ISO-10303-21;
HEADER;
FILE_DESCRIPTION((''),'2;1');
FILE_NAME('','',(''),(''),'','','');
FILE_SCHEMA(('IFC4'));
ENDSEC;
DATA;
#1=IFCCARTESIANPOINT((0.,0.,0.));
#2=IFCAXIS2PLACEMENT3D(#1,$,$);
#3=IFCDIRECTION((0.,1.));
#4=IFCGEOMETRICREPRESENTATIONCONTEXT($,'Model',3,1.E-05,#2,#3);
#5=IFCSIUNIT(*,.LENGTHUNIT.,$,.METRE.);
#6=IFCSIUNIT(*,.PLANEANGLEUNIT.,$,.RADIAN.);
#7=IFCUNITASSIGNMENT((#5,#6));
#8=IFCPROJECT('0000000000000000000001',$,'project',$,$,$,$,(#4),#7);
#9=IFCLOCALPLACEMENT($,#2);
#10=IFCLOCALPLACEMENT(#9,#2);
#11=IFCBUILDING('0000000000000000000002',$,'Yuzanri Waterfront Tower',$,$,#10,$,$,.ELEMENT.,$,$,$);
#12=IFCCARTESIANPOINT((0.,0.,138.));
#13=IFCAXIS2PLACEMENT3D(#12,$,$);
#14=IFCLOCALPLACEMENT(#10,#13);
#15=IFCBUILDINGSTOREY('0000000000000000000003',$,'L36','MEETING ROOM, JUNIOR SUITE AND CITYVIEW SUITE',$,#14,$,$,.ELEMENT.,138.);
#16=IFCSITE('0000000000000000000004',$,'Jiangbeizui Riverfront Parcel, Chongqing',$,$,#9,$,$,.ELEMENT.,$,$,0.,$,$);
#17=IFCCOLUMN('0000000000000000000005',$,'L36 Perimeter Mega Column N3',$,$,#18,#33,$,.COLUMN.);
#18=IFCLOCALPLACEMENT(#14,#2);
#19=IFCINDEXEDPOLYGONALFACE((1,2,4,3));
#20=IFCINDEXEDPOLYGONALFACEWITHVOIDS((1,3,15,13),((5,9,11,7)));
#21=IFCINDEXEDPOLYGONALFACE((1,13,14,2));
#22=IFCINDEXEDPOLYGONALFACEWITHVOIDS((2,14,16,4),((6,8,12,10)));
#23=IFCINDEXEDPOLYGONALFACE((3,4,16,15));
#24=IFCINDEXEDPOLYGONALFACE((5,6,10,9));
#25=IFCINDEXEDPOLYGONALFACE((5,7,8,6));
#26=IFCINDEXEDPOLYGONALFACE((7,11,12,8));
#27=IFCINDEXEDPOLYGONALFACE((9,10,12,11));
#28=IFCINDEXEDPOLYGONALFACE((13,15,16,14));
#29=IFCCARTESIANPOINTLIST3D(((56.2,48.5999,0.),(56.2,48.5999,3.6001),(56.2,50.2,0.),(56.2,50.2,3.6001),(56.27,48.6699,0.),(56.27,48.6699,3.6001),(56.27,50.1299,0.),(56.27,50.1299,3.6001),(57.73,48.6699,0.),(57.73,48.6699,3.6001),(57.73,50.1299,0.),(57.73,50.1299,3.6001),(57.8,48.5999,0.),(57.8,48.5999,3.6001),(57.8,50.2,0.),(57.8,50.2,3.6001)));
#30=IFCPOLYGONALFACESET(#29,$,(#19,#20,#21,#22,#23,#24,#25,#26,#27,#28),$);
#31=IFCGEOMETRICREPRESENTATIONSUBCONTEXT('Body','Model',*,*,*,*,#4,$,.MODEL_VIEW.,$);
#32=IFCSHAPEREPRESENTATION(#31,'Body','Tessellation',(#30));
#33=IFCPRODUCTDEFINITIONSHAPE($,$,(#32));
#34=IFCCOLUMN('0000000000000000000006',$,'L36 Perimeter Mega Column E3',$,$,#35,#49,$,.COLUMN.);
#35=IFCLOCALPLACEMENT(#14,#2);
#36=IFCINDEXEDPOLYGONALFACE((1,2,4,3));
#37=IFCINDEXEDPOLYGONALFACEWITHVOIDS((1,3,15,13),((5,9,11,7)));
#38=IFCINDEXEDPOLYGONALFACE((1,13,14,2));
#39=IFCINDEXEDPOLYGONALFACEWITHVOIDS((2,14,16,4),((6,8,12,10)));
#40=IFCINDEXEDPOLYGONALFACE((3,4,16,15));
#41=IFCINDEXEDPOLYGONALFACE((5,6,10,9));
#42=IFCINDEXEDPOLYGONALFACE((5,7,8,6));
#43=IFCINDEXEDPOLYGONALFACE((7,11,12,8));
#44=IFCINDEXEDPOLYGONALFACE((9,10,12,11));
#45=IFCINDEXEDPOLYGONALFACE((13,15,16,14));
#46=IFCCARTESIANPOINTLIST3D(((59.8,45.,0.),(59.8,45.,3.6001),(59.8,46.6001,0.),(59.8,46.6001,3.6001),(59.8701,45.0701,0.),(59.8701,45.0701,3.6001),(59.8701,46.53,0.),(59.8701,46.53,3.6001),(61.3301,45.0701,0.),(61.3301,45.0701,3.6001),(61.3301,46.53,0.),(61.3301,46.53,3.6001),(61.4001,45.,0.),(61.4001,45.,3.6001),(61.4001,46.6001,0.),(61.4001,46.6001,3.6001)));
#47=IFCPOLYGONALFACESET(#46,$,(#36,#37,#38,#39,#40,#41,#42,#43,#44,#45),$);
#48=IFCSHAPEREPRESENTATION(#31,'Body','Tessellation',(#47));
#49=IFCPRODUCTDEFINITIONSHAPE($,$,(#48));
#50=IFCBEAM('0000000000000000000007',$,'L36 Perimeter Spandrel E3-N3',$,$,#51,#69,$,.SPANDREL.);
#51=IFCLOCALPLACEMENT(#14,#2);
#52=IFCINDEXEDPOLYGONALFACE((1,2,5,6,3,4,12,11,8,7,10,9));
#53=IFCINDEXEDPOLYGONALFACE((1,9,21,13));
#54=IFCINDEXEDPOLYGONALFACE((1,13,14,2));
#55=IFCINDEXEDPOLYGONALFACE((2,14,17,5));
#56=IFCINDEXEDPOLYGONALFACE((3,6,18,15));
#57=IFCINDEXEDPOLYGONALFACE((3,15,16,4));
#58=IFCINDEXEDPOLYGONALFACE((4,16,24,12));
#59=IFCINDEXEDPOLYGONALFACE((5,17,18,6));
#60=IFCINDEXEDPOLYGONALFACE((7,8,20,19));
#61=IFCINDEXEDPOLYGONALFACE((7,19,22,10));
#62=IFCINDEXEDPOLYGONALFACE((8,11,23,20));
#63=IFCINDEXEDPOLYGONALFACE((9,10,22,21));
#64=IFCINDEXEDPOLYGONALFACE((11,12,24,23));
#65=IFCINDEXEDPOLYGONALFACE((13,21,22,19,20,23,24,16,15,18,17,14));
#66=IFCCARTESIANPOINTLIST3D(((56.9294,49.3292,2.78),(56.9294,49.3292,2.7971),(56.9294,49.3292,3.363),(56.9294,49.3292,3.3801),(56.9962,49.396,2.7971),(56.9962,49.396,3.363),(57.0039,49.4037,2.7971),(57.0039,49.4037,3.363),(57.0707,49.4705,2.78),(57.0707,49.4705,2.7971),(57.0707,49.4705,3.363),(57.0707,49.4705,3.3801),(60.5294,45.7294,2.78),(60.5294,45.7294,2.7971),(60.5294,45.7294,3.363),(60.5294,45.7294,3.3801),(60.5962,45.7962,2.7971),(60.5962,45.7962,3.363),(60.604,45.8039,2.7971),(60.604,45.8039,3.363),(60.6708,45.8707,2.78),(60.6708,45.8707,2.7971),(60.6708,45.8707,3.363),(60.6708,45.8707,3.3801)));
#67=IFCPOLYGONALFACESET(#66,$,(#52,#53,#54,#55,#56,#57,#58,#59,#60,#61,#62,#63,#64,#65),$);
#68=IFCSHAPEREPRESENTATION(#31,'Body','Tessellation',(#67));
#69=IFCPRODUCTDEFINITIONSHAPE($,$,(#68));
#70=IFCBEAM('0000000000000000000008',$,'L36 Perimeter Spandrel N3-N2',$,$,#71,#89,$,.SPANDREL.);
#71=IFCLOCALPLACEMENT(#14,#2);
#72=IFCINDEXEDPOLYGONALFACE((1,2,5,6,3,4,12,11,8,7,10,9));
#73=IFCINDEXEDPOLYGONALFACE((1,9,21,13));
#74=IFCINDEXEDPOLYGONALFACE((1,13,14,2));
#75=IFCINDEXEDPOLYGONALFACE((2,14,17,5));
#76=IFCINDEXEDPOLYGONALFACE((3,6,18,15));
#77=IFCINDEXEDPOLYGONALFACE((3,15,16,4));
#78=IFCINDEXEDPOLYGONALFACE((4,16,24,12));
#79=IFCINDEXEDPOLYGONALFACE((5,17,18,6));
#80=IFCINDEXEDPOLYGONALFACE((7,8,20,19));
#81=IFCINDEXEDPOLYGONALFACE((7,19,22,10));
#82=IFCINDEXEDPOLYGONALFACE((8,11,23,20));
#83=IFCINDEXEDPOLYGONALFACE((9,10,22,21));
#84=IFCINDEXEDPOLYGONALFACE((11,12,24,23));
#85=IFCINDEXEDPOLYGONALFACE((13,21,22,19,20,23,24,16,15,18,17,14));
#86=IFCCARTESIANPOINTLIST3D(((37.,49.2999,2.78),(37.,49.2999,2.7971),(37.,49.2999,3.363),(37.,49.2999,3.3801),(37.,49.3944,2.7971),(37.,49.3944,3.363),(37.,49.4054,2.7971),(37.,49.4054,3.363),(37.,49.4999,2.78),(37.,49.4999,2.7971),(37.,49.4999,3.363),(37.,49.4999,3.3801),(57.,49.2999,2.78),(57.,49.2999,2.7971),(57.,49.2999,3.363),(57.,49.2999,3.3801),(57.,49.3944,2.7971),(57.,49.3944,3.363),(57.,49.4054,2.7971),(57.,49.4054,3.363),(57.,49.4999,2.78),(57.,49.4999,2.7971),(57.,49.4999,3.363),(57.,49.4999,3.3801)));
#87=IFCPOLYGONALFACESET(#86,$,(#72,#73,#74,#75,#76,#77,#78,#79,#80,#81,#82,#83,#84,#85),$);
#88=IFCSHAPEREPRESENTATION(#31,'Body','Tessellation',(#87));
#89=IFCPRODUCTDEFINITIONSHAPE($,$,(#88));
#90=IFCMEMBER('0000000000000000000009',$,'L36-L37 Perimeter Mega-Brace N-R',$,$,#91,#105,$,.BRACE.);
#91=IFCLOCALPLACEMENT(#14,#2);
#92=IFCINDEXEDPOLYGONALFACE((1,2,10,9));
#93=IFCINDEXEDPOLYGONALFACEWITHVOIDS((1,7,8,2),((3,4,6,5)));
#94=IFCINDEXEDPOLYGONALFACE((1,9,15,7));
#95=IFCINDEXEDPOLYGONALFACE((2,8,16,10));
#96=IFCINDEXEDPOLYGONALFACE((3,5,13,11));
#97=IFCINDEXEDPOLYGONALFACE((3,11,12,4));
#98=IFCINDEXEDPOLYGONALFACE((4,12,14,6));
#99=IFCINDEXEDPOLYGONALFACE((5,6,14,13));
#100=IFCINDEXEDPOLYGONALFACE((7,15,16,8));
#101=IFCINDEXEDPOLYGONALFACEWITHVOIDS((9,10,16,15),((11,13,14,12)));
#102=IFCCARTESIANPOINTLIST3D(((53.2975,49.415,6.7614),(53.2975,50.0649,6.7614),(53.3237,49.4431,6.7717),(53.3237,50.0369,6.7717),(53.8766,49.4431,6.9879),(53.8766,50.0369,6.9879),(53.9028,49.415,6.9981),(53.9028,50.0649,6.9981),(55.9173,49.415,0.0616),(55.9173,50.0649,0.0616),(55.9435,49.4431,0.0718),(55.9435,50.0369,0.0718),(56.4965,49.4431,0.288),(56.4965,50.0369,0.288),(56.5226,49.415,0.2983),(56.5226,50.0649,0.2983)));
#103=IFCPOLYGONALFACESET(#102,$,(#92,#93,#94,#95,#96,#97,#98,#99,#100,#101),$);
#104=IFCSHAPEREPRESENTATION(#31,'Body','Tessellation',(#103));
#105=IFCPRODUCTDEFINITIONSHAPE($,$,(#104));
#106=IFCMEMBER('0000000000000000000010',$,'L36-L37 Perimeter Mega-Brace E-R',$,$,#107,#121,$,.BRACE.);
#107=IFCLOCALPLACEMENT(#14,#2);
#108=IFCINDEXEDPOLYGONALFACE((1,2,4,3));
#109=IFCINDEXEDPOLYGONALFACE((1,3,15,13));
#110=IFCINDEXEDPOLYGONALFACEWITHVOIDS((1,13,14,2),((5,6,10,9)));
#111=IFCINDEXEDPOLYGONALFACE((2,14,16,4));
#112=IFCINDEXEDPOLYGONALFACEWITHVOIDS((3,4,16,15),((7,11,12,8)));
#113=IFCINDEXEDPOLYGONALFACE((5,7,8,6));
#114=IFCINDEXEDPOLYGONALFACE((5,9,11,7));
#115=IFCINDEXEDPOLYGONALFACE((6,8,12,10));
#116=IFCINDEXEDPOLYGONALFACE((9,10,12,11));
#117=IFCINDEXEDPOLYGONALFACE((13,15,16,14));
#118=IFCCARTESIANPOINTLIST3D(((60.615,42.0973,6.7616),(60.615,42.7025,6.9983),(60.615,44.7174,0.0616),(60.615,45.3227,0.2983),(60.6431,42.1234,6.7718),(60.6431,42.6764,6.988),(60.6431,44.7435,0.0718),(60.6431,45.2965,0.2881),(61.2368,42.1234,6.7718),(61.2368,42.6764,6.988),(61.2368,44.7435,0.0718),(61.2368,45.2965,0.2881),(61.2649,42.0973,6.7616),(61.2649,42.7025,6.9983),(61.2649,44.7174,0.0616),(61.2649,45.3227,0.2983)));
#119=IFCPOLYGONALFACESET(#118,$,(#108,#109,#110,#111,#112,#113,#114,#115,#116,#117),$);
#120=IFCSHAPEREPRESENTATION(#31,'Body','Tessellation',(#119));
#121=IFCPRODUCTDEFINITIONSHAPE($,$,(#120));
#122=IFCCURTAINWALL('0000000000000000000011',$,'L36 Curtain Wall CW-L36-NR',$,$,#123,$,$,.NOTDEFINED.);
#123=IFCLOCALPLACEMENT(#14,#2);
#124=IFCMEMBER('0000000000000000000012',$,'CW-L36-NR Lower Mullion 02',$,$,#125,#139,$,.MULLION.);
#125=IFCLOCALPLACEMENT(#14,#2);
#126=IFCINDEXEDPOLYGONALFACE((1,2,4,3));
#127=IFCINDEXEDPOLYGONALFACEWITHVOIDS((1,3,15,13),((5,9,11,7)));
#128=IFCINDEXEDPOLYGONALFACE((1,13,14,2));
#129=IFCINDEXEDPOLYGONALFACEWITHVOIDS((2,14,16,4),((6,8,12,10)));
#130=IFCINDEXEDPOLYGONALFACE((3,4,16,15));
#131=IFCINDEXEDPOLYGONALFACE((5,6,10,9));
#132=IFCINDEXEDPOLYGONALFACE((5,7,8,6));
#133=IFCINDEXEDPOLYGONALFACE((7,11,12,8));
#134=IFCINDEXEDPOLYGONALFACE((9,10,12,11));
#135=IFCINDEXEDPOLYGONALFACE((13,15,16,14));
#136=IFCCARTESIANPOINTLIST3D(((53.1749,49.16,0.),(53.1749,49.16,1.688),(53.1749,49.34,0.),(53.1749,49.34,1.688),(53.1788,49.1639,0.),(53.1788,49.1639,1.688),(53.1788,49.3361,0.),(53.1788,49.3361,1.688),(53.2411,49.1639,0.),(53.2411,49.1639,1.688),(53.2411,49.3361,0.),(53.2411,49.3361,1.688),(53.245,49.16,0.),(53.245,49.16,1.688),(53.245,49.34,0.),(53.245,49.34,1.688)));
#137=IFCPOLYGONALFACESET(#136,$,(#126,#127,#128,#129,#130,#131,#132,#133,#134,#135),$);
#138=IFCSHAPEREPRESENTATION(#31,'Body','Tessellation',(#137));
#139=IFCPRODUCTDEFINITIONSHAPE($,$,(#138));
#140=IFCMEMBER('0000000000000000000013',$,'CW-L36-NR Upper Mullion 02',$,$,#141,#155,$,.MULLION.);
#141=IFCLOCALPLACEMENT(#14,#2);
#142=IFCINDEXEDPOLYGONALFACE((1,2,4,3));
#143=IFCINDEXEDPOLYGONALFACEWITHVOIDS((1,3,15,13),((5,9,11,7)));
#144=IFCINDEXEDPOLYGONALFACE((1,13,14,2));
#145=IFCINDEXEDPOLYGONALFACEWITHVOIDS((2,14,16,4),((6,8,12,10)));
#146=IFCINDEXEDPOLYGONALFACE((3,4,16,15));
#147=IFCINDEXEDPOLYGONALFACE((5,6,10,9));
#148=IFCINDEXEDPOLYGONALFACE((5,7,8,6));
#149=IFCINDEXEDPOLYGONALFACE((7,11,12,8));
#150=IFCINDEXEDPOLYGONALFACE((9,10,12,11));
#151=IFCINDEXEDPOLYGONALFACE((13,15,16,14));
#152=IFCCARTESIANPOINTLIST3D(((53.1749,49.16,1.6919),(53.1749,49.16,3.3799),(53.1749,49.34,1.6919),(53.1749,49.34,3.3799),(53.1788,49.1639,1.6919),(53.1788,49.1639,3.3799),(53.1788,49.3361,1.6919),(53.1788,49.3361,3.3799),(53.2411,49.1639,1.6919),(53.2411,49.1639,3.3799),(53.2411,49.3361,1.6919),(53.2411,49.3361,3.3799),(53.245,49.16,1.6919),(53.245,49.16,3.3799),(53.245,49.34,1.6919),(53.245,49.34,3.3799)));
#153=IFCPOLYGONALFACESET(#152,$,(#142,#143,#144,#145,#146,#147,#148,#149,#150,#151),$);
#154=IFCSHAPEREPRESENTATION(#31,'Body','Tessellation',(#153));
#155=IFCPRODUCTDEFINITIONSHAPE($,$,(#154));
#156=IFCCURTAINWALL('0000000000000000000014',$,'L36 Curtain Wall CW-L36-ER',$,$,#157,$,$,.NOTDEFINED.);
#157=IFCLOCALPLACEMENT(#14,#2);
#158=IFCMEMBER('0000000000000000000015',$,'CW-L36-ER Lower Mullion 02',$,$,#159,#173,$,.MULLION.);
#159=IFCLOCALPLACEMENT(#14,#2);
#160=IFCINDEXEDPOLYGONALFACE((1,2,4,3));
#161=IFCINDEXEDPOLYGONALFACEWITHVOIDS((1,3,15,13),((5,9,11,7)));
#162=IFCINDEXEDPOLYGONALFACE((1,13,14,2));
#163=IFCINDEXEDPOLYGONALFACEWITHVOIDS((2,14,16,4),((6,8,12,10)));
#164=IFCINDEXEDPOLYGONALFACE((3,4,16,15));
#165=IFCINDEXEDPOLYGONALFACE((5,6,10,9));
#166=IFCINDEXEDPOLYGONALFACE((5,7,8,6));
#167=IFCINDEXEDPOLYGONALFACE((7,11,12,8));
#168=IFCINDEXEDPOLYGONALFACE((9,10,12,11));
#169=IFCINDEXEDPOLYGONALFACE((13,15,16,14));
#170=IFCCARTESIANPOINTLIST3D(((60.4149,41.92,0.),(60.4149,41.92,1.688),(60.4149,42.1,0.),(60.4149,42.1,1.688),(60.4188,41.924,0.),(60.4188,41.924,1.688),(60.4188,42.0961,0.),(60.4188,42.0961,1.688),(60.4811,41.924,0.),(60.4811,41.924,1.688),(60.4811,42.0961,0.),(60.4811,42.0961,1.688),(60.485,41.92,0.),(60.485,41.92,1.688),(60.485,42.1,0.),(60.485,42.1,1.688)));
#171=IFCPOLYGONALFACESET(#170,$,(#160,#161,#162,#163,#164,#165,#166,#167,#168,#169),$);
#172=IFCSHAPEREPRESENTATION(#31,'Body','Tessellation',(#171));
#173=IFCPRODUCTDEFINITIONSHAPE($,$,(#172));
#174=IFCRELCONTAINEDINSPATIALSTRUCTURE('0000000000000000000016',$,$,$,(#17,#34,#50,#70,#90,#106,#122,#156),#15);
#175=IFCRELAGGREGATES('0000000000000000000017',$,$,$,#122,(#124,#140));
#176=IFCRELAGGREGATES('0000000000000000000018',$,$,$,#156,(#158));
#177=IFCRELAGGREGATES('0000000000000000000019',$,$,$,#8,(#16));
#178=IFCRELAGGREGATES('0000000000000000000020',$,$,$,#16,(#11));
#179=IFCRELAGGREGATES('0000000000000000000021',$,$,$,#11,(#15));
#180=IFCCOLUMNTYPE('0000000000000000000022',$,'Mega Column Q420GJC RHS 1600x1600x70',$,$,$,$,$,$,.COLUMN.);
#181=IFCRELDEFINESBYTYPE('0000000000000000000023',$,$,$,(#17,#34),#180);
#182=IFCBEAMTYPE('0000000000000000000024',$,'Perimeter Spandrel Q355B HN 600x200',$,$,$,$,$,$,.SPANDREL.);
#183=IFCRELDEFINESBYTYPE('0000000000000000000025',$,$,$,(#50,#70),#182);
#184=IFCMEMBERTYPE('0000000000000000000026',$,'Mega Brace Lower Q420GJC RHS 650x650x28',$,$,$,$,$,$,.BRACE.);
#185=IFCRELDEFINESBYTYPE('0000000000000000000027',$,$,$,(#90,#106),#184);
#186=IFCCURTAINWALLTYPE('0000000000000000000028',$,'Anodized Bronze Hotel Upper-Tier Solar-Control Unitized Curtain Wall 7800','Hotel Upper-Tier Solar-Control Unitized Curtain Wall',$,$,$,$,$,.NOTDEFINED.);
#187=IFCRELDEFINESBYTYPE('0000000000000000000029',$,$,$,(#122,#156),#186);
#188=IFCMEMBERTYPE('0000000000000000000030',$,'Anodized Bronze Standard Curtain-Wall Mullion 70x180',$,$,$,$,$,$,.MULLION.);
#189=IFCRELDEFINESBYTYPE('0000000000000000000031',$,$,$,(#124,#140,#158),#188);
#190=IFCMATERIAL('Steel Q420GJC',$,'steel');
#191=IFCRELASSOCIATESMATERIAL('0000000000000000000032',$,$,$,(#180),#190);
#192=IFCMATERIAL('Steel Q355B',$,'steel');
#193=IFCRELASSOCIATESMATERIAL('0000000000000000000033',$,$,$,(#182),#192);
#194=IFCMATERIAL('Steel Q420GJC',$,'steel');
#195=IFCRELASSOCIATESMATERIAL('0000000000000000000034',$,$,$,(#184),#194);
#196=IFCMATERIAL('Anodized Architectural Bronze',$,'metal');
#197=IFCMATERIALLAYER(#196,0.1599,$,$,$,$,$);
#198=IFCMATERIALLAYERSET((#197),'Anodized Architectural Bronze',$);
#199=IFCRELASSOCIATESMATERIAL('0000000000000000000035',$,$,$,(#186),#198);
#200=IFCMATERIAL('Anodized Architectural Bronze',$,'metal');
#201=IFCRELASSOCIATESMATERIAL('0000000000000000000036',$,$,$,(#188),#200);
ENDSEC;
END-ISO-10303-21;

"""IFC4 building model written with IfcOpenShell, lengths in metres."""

from ifc_helpers import new_model, si_unit, direction, frame, origin, origin_2d, place, context, subcontext, project, spatial, hollow_rectangle, i_section, extrude, source, transform, mapped, material, layer, layer_set, material_profile, profile_set, type_object, element, aggregate, save


model = new_model("IFC4")

# Units and contexts
model_context = context("Model", 3, precision=1e-05, world=origin(), true_north=direction((0.0, 1.0)))
body_context = subcontext(model_context, "Body", "Model", "MODEL_VIEW")
ifc_project = project(units=[si_unit("LENGTHUNIT", "METRE"), si_unit("PLANEANGLEUNIT", "RADIAN")], contexts=[model_context])

# Site, building, storey
site_placement = place(None, origin())
site = spatial("IfcSite", under=ifc_project, at=site_placement, Name="Jiangbeizui Riverfront Parcel, Chongqing", CompositionType="ELEMENT", RefElevation=0.0)
building_placement = place(site_placement, origin())
building = spatial("IfcBuilding", under=site, at=building_placement, Name="Yuzanri Waterfront Tower", CompositionType="ELEMENT")
storey_placement = place(building_placement, frame((0.0, 0.0, 138.0)))
storey = spatial("IfcBuildingStorey", under=building, at=storey_placement, Name="L36", Description="MEETING ROOM, JUNIOR SUITE AND CITYVIEW SUITE", CompositionType="ELEMENT", Elevation=138.0)

# Columns
ifc_material_1 = material(Name="Steel Q420GJC", Category="steel")
ifc_material_profile_1 = material_profile(ifc_material_1, hollow_rectangle(XDim=1.6001, YDim=1.6001, WallThickness=0.0701, at=origin_2d()), Name="RHS 1600x1600x70")
ifc_profile_set_1 = profile_set([ifc_material_profile_1], Name="Steel Q420GJC")
column_type = type_object("IfcColumnType", Name="Mega Column Q420GJC RHS 1600x1600x70", PredefinedType="COLUMN", material=ifc_profile_set_1)
shared_shape_1 = source(origin(), body_context, "Body", "SweptSolid", [
    extrude(hollow_rectangle(XDim=1.6001, YDim=1.6001, WallThickness=0.0701, at=origin_2d()), origin(), (0.0, 0.0, 1.0), 3.6001),
])
for number, where, z_axis, x_axis, name in (
    (1, (57.0, 49.3999, 0.0), (0.0, 0.0, 1.0), (1.0, 0.0, 0.0), "L36 Perimeter Mega Column N3"),
    (2, (60.6001, 45.8, 0.0), (0.0, 0.0, 1.0), (1.0, 0.0, 0.0), "L36 Perimeter Mega Column E3"),
):
    element("IfcColumn", number, at=place(storey_placement, frame(where, z_axis=z_axis, x_axis=x_axis)), inside=storey, type_object=column_type, Name=name, PredefinedType="COLUMN", context=body_context, shape_type="MappedRepresentation", body=[
        mapped(shared_shape_1, transform((0.0, 0.0, 0.0), scale=1.0)),
    ])

# Beams
ifc_material_2 = material(Name="Steel Q355B", Category="steel")
ifc_material_profile_2 = material_profile(ifc_material_2, i_section(OverallWidth=0.2, OverallDepth=0.6001, WebThickness=0.011, FlangeThickness=0.0171, at=origin_2d()), Name="HN 600x200x11x17")
ifc_profile_set_2 = profile_set([ifc_material_profile_2], Name="Steel Q355B")
beam_type = type_object("IfcBeamType", Name="Perimeter Spandrel Q355B HN 600x200", PredefinedType="SPANDREL", material=ifc_profile_set_2)
shared_shape_2 = source(origin(), body_context, "Body", "SweptSolid", [
    extrude(i_section(OverallWidth=0.2, OverallDepth=0.6001, WebThickness=0.011, FlangeThickness=0.0171, at=origin_2d()), origin(), (0.0, 0.0, 1.0), 5.0911),
])
beam_1_placement = place(storey_placement, frame((60.6001, 45.8, 3.0801), z_axis=(-0.707131, 0.707083, 0.0), x_axis=(-0.707083, -0.707131, 0.0)))
element("IfcBeam", 3, at=beam_1_placement, inside=storey, type_object=beam_type, Name="L36 Perimeter Spandrel E3-N3", PredefinedType="SPANDREL", context=body_context, shape_type="MappedRepresentation", body=[
    mapped(shared_shape_2, transform((0.0, 0.0, 0.0), scale=1.0)),
])
shared_shape_3 = source(origin(), body_context, "Body", "SweptSolid", [
    extrude(i_section(OverallWidth=0.2, OverallDepth=0.6001, WebThickness=0.011, FlangeThickness=0.0171, at=origin_2d()), origin(), (0.0, 0.0, 1.0), 20.0),
])
beam_2_placement = place(storey_placement, frame((57.0, 49.3999, 3.0801), z_axis=(-1.0, 0.0, 0.0), x_axis=(0.0, -1.0, 0.0)))
element("IfcBeam", 4, at=beam_2_placement, inside=storey, type_object=beam_type, Name="L36 Perimeter Spandrel N3-N2", PredefinedType="SPANDREL", context=body_context, shape_type="MappedRepresentation", body=[
    mapped(shared_shape_3, transform((0.0, 0.0, 0.0), scale=1.0)),
])

# Members
ifc_material_3 = material(Name="Steel Q420GJC", Category="steel")
ifc_material_profile_3 = material_profile(ifc_material_3, hollow_rectangle(XDim=0.6499, YDim=0.6499, WallThickness=0.0281, at=origin_2d()), Name="RHS 650x650x28")
ifc_profile_set_3 = profile_set([ifc_material_profile_3], Name="Steel Q420GJC")
member_type_1 = type_object("IfcMemberType", Name="Mega Brace Lower Q420GJC RHS 650x650x28", PredefinedType="BRACE", material=ifc_profile_set_3)
shared_shape_4 = source(origin(), body_context, "Body", "SweptSolid", [
    extrude(hollow_rectangle(XDim=0.6499, YDim=0.6499, WallThickness=0.0281, at=origin_2d()), origin(), (0.0, 0.0, 1.0), 7.1938),
])
member_1_placement = place(storey_placement, frame((56.22, 49.74, 0.1799), z_axis=(-0.364177, 0.0, 0.93133), x_axis=(0.0, -1.0, 0.0)))
element("IfcMember", 5, at=member_1_placement, inside=storey, type_object=member_type_1, Name="L36-L37 Perimeter Mega-Brace N-R", PredefinedType="BRACE", context=body_context, shape_type="MappedRepresentation", body=[
    mapped(shared_shape_4, transform((0.0, 0.0, 0.0), scale=1.0)),
])
shared_shape_5 = source(origin(), body_context, "Body", "SweptSolid", [
    extrude(hollow_rectangle(XDim=0.6499, YDim=0.6499, WallThickness=0.0281, at=origin_2d()), origin(), (0.0, 0.0, 1.0), 7.1941),
])
member_2_placement = place(storey_placement, frame((60.9399, 45.02, 0.1799), z_axis=(0.0, -0.364206, 0.931318), x_axis=(1.0, 0.0, 0.0)))
element("IfcMember", 6, at=member_2_placement, inside=storey, type_object=member_type_1, Name="L36-L37 Perimeter Mega-Brace E-R", PredefinedType="BRACE", context=body_context, shape_type="MappedRepresentation", body=[
    mapped(shared_shape_5, transform((0.0, 0.0, 0.0), scale=1.0)),
])

# Curtain walls, members
ifc_material_4 = material(Name="Anodized Architectural Bronze", Category="metal")
ifc_layer_1 = layer(ifc_material_4, 0.1599)
ifc_layer_set_1 = layer_set([ifc_layer_1], Name="Anodized Architectural Bronze")
curtain_wall_type = type_object("IfcCurtainWallType", Name="Anodized Bronze Hotel Upper-Tier Solar-Control Unitized Curtain Wall 7800", Description="Hotel Upper-Tier Solar-Control Unitized Curtain Wall", PredefinedType="NOTDEFINED", material=ifc_layer_set_1)
curtain_wall_1_placement = place(storey_placement, origin())
curtain_wall_1 = element("IfcCurtainWall", 7, at=curtain_wall_1_placement, inside=storey, type_object=curtain_wall_type, Name="L36 Curtain Wall CW-L36-NR", PredefinedType="NOTDEFINED")
ifc_material_5 = material(Name="Anodized Architectural Bronze", Category="metal")
ifc_material_profile_4 = material_profile(ifc_material_5, hollow_rectangle(XDim=0.0701, YDim=0.1799, WallThickness=0.0039, at=origin_2d()), Name="CWM 70x180")
ifc_profile_set_4 = profile_set([ifc_material_profile_4], Name="Anodized Architectural Bronze")
member_type_2 = type_object("IfcMemberType", Name="Anodized Bronze Standard Curtain-Wall Mullion 70x180", PredefinedType="MULLION", material=ifc_profile_set_4)
shared_shape_6 = source(origin(), body_context, "Body", "SweptSolid", [
    extrude(hollow_rectangle(XDim=0.0701, YDim=0.1799, WallThickness=0.0039, at=origin_2d()), origin(), (0.0, 0.0, 1.0), 1.688),
])
member_3_placement = place(storey_placement, frame((53.21, 49.25, 0.0), z_axis=(0.0, 0.0, 1.0), x_axis=(1.0, 0.0, 0.0)))
member_3 = element("IfcMember", 8, at=member_3_placement, type_object=member_type_2, Name="CW-L36-NR Lower Mullion 02", PredefinedType="MULLION", context=body_context, shape_type="MappedRepresentation", body=[
    mapped(shared_shape_6, transform((0.0, 0.0, 0.0), scale=1.0)),
])
member_4_placement = place(storey_placement, frame((53.21, 49.25, 1.6919), z_axis=(0.0, 0.0, 1.0), x_axis=(1.0, 0.0, 0.0)))
member_4 = element("IfcMember", 9, at=member_4_placement, type_object=member_type_2, Name="CW-L36-NR Upper Mullion 02", PredefinedType="MULLION", context=body_context, shape_type="MappedRepresentation", body=[
    mapped(shared_shape_6, transform((0.0, 0.0, 0.0), scale=1.0)),
])
aggregate(curtain_wall_1, [member_3, member_4])
curtain_wall_2_placement = place(storey_placement, origin())
curtain_wall_2 = element("IfcCurtainWall", 10, at=curtain_wall_2_placement, inside=storey, type_object=curtain_wall_type, Name="L36 Curtain Wall CW-L36-ER", PredefinedType="NOTDEFINED")
member_5_placement = place(storey_placement, frame((60.45, 42.01, 0.0), z_axis=(0.0, 0.0, 1.0), x_axis=(1.0, 0.0, 0.0)))
member_5 = element("IfcMember", 11, at=member_5_placement, type_object=member_type_2, Name="CW-L36-ER Lower Mullion 02", PredefinedType="MULLION", context=body_context, shape_type="MappedRepresentation", body=[
    mapped(shared_shape_6, transform((0.0, 0.0, 0.0), scale=1.0)),
])

aggregate(curtain_wall_2, [member_5])

save(model, "model.ifc")
